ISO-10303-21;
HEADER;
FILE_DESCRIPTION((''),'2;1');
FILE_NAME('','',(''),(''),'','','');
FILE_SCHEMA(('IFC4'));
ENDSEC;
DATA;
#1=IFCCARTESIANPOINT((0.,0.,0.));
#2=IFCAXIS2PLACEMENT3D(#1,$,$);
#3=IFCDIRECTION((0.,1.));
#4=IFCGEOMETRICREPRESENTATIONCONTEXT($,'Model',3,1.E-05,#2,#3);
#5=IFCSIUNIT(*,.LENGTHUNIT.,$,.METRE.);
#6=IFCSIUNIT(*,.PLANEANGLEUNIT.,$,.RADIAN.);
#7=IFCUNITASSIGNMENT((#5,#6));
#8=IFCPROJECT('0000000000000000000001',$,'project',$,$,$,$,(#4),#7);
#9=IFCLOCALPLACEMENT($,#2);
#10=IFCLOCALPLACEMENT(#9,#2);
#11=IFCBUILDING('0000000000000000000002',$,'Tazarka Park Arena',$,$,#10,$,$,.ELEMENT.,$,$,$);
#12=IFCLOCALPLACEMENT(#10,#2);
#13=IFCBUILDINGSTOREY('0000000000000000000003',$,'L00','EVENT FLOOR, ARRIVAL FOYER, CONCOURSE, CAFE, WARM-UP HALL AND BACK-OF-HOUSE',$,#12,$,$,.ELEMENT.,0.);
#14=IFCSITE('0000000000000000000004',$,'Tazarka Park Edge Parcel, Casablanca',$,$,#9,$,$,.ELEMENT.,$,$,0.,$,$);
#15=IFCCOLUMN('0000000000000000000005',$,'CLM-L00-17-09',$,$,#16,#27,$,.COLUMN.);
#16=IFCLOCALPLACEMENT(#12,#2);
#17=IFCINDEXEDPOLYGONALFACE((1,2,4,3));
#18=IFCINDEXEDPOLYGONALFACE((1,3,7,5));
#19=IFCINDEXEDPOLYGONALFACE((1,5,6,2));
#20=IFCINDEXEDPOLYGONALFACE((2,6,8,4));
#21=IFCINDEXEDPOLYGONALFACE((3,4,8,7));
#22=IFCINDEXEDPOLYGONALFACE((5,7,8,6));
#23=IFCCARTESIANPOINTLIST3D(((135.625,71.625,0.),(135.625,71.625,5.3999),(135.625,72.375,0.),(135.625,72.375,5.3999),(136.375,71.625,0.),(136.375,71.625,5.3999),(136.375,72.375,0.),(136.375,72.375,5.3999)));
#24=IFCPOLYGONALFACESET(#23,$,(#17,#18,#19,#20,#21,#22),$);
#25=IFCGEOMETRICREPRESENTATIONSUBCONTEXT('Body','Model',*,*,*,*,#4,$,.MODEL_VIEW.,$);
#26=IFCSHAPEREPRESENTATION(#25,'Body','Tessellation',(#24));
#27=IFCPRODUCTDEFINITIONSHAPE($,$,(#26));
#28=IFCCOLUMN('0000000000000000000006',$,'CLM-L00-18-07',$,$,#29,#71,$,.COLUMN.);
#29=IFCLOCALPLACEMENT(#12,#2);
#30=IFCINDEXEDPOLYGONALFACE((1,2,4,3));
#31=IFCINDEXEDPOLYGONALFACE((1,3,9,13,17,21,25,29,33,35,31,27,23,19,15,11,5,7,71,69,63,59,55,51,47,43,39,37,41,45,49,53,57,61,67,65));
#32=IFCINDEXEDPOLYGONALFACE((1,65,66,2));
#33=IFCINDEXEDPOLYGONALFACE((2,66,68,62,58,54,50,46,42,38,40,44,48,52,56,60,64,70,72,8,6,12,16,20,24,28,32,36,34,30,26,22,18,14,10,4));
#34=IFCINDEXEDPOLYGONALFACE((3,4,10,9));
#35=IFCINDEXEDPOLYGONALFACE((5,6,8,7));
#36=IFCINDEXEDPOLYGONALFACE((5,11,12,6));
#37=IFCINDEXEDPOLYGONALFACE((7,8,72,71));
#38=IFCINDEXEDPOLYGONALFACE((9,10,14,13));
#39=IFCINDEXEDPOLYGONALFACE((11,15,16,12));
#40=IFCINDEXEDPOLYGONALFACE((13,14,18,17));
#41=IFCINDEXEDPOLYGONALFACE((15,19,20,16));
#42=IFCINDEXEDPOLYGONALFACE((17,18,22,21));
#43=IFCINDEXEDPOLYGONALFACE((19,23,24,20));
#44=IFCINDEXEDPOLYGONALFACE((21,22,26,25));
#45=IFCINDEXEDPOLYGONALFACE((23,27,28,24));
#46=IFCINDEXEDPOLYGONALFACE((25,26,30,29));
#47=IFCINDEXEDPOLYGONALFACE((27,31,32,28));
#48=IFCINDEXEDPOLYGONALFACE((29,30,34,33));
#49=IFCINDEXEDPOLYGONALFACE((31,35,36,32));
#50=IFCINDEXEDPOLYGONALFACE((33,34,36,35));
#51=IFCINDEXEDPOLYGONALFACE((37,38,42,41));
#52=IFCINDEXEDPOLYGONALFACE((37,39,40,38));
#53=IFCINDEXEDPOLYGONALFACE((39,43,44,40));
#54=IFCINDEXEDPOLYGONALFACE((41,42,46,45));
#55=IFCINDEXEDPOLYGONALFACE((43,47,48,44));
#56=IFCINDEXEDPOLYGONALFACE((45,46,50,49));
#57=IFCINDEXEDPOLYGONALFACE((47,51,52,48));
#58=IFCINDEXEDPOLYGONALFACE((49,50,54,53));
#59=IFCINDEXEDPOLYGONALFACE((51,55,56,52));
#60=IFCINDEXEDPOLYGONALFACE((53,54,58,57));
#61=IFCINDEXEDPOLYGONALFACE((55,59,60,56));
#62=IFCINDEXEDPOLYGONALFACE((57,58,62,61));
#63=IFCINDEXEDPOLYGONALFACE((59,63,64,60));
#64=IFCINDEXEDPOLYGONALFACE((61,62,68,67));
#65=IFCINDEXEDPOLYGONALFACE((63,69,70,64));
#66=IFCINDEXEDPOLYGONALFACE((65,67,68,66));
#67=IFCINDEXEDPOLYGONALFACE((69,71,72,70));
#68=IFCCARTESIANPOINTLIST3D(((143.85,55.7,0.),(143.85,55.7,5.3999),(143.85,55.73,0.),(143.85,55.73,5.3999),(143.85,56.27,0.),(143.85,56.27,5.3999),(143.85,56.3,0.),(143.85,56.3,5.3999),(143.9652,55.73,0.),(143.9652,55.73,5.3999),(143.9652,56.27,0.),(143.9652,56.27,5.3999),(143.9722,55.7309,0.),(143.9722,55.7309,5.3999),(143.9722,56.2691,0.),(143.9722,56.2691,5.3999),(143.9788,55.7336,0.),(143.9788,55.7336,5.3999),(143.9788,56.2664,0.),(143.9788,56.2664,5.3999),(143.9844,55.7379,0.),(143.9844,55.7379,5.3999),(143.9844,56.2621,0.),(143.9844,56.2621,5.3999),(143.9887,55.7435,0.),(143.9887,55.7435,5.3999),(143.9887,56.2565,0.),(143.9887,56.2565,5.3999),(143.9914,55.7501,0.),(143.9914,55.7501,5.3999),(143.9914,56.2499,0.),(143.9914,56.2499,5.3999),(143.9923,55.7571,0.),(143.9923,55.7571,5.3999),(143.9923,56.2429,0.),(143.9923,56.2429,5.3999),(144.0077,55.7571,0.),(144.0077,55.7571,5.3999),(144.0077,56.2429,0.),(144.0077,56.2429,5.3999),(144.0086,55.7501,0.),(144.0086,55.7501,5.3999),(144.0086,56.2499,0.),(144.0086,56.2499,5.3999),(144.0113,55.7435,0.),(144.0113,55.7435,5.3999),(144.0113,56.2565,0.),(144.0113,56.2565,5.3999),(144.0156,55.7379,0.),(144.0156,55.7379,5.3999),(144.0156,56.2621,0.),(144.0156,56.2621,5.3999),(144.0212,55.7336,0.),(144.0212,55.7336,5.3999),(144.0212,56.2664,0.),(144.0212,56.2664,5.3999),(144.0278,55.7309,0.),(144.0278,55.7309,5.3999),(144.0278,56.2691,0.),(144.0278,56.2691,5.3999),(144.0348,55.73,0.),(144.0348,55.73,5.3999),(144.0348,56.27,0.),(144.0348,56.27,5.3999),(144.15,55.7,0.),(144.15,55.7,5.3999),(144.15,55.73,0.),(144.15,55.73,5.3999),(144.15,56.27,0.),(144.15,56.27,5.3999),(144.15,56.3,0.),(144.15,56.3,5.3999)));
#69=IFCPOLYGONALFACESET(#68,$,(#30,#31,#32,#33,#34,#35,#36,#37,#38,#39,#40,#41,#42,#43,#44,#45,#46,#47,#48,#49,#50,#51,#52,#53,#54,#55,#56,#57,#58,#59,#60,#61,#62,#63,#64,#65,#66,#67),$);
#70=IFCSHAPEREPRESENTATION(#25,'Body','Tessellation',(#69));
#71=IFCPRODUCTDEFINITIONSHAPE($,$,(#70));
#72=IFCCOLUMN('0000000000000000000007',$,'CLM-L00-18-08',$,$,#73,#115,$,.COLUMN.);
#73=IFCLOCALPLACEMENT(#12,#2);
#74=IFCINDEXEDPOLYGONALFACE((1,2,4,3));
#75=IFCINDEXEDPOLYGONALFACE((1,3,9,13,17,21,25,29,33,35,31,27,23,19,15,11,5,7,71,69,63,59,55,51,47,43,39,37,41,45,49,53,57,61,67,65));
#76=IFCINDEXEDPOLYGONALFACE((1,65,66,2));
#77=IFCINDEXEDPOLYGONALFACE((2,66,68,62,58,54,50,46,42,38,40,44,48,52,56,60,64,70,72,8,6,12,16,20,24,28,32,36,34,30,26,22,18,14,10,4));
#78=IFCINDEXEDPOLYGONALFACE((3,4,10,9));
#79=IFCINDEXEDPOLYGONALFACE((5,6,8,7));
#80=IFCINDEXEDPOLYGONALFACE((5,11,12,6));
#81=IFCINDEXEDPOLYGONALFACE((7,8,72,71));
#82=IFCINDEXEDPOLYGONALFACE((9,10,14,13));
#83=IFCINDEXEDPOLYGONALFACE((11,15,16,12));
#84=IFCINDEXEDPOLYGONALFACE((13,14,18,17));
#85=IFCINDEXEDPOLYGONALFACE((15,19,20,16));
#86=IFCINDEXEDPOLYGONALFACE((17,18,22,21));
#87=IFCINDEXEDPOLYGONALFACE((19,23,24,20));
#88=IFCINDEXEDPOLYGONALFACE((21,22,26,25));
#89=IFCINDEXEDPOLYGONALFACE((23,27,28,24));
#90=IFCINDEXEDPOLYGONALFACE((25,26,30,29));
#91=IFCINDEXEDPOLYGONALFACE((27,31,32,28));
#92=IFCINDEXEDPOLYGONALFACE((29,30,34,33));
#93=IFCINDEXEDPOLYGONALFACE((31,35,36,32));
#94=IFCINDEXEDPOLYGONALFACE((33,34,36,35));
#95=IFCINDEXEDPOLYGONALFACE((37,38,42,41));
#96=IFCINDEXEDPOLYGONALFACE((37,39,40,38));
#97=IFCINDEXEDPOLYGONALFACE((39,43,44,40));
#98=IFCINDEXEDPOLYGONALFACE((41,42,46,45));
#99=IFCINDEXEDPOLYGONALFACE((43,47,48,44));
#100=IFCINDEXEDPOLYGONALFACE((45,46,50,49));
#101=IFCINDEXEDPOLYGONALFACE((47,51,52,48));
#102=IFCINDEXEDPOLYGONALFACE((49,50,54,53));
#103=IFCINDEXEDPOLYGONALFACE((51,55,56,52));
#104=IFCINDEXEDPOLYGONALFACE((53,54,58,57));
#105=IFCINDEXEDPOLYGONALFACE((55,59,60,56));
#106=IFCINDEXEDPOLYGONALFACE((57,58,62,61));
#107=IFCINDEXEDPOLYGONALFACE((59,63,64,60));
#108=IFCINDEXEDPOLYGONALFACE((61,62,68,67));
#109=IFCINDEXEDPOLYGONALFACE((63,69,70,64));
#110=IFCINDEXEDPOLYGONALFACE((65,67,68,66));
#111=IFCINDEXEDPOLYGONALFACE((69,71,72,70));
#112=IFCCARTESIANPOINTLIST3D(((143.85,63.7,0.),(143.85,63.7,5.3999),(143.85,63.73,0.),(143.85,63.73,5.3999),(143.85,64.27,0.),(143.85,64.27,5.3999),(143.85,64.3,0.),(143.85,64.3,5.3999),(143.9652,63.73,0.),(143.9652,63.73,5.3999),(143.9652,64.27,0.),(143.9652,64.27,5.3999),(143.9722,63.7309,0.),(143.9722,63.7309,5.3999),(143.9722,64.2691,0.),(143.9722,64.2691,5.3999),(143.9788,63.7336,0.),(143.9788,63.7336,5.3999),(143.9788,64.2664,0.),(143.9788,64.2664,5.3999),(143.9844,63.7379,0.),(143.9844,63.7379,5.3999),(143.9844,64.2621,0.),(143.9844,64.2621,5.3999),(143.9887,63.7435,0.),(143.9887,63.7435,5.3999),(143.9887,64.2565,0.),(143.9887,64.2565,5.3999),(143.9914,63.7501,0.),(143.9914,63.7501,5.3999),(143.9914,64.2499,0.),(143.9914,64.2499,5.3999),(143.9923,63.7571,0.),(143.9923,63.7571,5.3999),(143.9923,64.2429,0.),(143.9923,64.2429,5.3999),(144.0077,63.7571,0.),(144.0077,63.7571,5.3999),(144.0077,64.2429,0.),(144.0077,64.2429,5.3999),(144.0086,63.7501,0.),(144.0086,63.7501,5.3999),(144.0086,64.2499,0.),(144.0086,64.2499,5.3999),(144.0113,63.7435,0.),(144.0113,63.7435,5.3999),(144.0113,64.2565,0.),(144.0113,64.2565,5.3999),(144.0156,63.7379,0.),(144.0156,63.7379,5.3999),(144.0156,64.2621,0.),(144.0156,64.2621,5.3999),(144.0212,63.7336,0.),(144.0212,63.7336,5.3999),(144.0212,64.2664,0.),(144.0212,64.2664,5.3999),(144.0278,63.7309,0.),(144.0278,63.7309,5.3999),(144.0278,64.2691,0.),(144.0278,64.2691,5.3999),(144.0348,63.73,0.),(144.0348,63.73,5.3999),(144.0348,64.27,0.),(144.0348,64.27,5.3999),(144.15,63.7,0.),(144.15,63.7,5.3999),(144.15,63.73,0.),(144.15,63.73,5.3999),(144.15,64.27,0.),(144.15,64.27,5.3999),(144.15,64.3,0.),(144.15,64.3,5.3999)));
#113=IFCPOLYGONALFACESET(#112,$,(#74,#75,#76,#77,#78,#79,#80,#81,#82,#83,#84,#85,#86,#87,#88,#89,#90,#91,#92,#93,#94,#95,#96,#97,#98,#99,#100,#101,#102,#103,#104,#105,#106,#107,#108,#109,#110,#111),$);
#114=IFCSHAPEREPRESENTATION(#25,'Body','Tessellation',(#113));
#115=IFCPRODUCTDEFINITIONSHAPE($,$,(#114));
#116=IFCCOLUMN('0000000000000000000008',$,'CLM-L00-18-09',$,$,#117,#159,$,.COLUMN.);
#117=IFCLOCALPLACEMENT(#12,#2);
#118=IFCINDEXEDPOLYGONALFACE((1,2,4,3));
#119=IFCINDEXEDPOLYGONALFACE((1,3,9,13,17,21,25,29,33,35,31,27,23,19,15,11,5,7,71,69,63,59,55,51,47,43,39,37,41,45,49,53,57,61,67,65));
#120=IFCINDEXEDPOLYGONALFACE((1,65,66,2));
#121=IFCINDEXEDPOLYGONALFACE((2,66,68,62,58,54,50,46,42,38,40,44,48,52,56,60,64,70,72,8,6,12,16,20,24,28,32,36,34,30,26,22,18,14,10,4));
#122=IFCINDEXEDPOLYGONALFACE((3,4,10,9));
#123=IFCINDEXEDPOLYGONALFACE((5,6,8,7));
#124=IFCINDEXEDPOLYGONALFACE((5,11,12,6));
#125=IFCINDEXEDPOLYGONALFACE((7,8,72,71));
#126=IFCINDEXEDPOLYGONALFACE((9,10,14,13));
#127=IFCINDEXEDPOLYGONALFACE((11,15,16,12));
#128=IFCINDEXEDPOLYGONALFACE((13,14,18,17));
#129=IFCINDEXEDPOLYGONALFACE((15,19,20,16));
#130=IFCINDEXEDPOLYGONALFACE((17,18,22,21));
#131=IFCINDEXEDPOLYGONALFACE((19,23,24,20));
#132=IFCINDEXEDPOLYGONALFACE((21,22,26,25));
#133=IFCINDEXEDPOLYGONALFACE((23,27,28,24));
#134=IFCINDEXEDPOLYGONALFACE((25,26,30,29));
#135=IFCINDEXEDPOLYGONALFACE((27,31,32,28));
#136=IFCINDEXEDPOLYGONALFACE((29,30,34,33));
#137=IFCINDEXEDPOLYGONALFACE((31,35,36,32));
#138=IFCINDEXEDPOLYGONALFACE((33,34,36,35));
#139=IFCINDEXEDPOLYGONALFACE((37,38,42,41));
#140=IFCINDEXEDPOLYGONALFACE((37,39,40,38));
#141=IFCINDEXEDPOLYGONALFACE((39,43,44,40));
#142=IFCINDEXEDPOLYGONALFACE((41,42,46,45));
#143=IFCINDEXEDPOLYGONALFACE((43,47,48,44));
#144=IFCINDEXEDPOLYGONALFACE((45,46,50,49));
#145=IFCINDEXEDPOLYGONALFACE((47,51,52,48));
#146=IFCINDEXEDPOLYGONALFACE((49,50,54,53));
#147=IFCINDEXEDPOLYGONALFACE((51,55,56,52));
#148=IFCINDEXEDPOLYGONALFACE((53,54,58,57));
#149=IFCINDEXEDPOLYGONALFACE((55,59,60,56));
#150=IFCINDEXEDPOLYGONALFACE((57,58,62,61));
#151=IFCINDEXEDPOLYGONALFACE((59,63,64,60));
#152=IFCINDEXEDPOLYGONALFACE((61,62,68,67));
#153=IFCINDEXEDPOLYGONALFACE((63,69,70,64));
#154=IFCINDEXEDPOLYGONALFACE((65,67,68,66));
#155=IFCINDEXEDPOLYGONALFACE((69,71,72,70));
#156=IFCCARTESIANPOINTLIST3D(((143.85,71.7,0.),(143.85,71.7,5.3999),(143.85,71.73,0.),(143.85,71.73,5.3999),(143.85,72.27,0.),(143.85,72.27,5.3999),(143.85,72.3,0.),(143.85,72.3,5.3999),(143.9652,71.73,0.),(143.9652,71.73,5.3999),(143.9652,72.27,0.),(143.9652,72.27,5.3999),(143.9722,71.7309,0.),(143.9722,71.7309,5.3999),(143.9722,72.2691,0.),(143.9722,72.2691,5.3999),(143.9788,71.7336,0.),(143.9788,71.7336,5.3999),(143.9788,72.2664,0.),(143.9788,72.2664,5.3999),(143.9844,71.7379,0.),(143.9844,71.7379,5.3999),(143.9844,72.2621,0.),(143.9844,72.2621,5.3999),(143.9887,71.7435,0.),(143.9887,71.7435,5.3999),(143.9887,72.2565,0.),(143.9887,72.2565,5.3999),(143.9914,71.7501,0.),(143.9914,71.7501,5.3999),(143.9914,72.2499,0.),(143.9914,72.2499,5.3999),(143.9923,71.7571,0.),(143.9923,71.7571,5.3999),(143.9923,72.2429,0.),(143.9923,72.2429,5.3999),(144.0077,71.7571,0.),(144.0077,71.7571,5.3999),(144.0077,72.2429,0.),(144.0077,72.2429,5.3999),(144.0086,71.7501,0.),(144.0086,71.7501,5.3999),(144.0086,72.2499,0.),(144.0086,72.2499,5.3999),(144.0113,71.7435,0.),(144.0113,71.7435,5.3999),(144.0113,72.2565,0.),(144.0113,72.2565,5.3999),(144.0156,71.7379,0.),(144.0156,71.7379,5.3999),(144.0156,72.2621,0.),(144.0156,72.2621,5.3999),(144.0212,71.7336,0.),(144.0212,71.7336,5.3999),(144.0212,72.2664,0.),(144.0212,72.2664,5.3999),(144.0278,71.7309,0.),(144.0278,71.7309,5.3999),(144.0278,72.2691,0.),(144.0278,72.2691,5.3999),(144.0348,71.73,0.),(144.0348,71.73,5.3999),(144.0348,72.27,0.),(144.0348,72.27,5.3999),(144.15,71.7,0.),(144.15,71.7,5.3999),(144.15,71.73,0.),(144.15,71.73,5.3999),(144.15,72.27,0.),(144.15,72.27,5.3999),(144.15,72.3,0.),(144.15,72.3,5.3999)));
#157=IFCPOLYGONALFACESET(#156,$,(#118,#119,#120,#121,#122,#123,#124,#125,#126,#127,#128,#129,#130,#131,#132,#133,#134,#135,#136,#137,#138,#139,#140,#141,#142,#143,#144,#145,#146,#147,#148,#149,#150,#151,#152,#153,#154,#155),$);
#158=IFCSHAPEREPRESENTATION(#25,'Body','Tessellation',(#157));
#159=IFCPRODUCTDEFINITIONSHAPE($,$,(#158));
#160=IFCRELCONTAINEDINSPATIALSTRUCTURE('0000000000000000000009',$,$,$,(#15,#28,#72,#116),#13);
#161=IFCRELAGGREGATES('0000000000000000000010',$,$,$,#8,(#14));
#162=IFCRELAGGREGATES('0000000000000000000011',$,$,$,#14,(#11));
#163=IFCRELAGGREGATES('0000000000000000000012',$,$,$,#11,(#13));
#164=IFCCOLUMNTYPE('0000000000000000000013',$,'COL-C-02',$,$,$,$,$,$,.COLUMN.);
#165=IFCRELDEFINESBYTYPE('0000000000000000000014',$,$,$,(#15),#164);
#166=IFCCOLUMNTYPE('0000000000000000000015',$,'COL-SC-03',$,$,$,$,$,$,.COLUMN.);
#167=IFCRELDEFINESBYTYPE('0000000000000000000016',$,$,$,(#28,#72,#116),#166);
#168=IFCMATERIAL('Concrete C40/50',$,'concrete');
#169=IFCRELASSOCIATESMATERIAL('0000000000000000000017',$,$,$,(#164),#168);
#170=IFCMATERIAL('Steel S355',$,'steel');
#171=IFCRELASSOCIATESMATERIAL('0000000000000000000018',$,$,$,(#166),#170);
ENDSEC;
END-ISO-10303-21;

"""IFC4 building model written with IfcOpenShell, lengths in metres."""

from ifc_helpers import new_model, si_unit, direction, frame, origin, origin_2d, place, context, subcontext, project, spatial, rectangle, i_section, extrude, material, material_profile, profile_set, type_object, element, save


model = new_model("IFC4")

# Units and contexts
model_context = context("Model", 3, precision=1e-05, world=origin(), true_north=direction((0.0, 1.0)))
body_context = subcontext(model_context, "Body", "Model", "MODEL_VIEW")
ifc_project = project(units=[si_unit("LENGTHUNIT", "METRE"), si_unit("PLANEANGLEUNIT", "RADIAN")], contexts=[model_context])

# Site, building, storey
site_placement = place(None, origin())
site = spatial("IfcSite", under=ifc_project, at=site_placement, Name="Tazarka Park Edge Parcel, Casablanca", CompositionType="ELEMENT", RefElevation=0.0)
building_placement = place(site_placement, origin())
building = spatial("IfcBuilding", under=site, at=building_placement, Name="Tazarka Park Arena", CompositionType="ELEMENT")
storey_placement = place(building_placement, origin())
storey = spatial("IfcBuildingStorey", under=building, at=storey_placement, Name="L00", Description="EVENT FLOOR, ARRIVAL FOYER, CONCOURSE, CAFE, WARM-UP HALL AND BACK-OF-HOUSE", CompositionType="ELEMENT", Elevation=0.0)

# Columns
ifc_material_1 = material(Name="Concrete C40/50", Category="concrete")
ifc_material_profile_1 = material_profile(ifc_material_1, rectangle(XDim=0.75, YDim=0.75, at=origin_2d()), Name="Concrete C40/50")
ifc_profile_set_1 = profile_set([ifc_material_profile_1], Name="Concrete C40/50")
column_type_1 = type_object("IfcColumnType", Name="COL-C-02", PredefinedType="COLUMN", material=ifc_profile_set_1)
column_placement = place(storey_placement, frame((136.0, 72.0, 0.0), z_axis=(0.0, 0.0, 1.0), x_axis=(1.0, 0.0, 0.0)))
element("IfcColumn", 1, at=column_placement, inside=storey, type_object=column_type_1, Name="CLM-L00-17-09", PredefinedType="COLUMN", context=body_context, shape_type="SweptSolid", body=[
    extrude(rectangle(XDim=0.75, YDim=0.75, at=origin_2d()), origin(), (0.0, 0.0, 1.0), 5.3999),
])
ifc_material_2 = material(Name="Steel S355", Category="steel")
ifc_material_profile_2 = material_profile(ifc_material_2, i_section(OverallWidth=0.3, OverallDepth=0.6001, WebThickness=0.0154, FlangeThickness=0.03, FilletRadius=0.0271, at=origin_2d()), Name="Steel S355")
ifc_profile_set_2 = profile_set([ifc_material_profile_2], Name="Steel S355")
column_type_2 = type_object("IfcColumnType", Name="COL-SC-03", PredefinedType="COLUMN", material=ifc_profile_set_2)
for number, where, z_axis, x_axis, name in (
    (2, (144.0, 56.0, 0.0), (0.0, 0.0, 1.0), (1.0, 0.0, 0.0), "CLM-L00-18-07"),
    (3, (144.0, 64.0, 0.0), (0.0, 0.0, 1.0), (1.0, 0.0, 0.0), "CLM-L00-18-08"),
    (4, (144.0, 72.0, 0.0), (0.0, 0.0, 1.0), (1.0, 0.0, 0.0), "CLM-L00-18-09"),
):
    element("IfcColumn", number, at=place(storey_placement, frame(where, z_axis=z_axis, x_axis=x_axis)), inside=storey, type_object=column_type_2, Name=name, PredefinedType="COLUMN", context=body_context, shape_type="SweptSolid", body=[
        extrude(i_section(OverallWidth=0.3, OverallDepth=0.6001, WebThickness=0.0154, FlangeThickness=0.03, FilletRadius=0.0271, at=origin_2d()), origin(), (0.0, 0.0, 1.0), 5.3999),
    ])

save(model, "model.ifc")
